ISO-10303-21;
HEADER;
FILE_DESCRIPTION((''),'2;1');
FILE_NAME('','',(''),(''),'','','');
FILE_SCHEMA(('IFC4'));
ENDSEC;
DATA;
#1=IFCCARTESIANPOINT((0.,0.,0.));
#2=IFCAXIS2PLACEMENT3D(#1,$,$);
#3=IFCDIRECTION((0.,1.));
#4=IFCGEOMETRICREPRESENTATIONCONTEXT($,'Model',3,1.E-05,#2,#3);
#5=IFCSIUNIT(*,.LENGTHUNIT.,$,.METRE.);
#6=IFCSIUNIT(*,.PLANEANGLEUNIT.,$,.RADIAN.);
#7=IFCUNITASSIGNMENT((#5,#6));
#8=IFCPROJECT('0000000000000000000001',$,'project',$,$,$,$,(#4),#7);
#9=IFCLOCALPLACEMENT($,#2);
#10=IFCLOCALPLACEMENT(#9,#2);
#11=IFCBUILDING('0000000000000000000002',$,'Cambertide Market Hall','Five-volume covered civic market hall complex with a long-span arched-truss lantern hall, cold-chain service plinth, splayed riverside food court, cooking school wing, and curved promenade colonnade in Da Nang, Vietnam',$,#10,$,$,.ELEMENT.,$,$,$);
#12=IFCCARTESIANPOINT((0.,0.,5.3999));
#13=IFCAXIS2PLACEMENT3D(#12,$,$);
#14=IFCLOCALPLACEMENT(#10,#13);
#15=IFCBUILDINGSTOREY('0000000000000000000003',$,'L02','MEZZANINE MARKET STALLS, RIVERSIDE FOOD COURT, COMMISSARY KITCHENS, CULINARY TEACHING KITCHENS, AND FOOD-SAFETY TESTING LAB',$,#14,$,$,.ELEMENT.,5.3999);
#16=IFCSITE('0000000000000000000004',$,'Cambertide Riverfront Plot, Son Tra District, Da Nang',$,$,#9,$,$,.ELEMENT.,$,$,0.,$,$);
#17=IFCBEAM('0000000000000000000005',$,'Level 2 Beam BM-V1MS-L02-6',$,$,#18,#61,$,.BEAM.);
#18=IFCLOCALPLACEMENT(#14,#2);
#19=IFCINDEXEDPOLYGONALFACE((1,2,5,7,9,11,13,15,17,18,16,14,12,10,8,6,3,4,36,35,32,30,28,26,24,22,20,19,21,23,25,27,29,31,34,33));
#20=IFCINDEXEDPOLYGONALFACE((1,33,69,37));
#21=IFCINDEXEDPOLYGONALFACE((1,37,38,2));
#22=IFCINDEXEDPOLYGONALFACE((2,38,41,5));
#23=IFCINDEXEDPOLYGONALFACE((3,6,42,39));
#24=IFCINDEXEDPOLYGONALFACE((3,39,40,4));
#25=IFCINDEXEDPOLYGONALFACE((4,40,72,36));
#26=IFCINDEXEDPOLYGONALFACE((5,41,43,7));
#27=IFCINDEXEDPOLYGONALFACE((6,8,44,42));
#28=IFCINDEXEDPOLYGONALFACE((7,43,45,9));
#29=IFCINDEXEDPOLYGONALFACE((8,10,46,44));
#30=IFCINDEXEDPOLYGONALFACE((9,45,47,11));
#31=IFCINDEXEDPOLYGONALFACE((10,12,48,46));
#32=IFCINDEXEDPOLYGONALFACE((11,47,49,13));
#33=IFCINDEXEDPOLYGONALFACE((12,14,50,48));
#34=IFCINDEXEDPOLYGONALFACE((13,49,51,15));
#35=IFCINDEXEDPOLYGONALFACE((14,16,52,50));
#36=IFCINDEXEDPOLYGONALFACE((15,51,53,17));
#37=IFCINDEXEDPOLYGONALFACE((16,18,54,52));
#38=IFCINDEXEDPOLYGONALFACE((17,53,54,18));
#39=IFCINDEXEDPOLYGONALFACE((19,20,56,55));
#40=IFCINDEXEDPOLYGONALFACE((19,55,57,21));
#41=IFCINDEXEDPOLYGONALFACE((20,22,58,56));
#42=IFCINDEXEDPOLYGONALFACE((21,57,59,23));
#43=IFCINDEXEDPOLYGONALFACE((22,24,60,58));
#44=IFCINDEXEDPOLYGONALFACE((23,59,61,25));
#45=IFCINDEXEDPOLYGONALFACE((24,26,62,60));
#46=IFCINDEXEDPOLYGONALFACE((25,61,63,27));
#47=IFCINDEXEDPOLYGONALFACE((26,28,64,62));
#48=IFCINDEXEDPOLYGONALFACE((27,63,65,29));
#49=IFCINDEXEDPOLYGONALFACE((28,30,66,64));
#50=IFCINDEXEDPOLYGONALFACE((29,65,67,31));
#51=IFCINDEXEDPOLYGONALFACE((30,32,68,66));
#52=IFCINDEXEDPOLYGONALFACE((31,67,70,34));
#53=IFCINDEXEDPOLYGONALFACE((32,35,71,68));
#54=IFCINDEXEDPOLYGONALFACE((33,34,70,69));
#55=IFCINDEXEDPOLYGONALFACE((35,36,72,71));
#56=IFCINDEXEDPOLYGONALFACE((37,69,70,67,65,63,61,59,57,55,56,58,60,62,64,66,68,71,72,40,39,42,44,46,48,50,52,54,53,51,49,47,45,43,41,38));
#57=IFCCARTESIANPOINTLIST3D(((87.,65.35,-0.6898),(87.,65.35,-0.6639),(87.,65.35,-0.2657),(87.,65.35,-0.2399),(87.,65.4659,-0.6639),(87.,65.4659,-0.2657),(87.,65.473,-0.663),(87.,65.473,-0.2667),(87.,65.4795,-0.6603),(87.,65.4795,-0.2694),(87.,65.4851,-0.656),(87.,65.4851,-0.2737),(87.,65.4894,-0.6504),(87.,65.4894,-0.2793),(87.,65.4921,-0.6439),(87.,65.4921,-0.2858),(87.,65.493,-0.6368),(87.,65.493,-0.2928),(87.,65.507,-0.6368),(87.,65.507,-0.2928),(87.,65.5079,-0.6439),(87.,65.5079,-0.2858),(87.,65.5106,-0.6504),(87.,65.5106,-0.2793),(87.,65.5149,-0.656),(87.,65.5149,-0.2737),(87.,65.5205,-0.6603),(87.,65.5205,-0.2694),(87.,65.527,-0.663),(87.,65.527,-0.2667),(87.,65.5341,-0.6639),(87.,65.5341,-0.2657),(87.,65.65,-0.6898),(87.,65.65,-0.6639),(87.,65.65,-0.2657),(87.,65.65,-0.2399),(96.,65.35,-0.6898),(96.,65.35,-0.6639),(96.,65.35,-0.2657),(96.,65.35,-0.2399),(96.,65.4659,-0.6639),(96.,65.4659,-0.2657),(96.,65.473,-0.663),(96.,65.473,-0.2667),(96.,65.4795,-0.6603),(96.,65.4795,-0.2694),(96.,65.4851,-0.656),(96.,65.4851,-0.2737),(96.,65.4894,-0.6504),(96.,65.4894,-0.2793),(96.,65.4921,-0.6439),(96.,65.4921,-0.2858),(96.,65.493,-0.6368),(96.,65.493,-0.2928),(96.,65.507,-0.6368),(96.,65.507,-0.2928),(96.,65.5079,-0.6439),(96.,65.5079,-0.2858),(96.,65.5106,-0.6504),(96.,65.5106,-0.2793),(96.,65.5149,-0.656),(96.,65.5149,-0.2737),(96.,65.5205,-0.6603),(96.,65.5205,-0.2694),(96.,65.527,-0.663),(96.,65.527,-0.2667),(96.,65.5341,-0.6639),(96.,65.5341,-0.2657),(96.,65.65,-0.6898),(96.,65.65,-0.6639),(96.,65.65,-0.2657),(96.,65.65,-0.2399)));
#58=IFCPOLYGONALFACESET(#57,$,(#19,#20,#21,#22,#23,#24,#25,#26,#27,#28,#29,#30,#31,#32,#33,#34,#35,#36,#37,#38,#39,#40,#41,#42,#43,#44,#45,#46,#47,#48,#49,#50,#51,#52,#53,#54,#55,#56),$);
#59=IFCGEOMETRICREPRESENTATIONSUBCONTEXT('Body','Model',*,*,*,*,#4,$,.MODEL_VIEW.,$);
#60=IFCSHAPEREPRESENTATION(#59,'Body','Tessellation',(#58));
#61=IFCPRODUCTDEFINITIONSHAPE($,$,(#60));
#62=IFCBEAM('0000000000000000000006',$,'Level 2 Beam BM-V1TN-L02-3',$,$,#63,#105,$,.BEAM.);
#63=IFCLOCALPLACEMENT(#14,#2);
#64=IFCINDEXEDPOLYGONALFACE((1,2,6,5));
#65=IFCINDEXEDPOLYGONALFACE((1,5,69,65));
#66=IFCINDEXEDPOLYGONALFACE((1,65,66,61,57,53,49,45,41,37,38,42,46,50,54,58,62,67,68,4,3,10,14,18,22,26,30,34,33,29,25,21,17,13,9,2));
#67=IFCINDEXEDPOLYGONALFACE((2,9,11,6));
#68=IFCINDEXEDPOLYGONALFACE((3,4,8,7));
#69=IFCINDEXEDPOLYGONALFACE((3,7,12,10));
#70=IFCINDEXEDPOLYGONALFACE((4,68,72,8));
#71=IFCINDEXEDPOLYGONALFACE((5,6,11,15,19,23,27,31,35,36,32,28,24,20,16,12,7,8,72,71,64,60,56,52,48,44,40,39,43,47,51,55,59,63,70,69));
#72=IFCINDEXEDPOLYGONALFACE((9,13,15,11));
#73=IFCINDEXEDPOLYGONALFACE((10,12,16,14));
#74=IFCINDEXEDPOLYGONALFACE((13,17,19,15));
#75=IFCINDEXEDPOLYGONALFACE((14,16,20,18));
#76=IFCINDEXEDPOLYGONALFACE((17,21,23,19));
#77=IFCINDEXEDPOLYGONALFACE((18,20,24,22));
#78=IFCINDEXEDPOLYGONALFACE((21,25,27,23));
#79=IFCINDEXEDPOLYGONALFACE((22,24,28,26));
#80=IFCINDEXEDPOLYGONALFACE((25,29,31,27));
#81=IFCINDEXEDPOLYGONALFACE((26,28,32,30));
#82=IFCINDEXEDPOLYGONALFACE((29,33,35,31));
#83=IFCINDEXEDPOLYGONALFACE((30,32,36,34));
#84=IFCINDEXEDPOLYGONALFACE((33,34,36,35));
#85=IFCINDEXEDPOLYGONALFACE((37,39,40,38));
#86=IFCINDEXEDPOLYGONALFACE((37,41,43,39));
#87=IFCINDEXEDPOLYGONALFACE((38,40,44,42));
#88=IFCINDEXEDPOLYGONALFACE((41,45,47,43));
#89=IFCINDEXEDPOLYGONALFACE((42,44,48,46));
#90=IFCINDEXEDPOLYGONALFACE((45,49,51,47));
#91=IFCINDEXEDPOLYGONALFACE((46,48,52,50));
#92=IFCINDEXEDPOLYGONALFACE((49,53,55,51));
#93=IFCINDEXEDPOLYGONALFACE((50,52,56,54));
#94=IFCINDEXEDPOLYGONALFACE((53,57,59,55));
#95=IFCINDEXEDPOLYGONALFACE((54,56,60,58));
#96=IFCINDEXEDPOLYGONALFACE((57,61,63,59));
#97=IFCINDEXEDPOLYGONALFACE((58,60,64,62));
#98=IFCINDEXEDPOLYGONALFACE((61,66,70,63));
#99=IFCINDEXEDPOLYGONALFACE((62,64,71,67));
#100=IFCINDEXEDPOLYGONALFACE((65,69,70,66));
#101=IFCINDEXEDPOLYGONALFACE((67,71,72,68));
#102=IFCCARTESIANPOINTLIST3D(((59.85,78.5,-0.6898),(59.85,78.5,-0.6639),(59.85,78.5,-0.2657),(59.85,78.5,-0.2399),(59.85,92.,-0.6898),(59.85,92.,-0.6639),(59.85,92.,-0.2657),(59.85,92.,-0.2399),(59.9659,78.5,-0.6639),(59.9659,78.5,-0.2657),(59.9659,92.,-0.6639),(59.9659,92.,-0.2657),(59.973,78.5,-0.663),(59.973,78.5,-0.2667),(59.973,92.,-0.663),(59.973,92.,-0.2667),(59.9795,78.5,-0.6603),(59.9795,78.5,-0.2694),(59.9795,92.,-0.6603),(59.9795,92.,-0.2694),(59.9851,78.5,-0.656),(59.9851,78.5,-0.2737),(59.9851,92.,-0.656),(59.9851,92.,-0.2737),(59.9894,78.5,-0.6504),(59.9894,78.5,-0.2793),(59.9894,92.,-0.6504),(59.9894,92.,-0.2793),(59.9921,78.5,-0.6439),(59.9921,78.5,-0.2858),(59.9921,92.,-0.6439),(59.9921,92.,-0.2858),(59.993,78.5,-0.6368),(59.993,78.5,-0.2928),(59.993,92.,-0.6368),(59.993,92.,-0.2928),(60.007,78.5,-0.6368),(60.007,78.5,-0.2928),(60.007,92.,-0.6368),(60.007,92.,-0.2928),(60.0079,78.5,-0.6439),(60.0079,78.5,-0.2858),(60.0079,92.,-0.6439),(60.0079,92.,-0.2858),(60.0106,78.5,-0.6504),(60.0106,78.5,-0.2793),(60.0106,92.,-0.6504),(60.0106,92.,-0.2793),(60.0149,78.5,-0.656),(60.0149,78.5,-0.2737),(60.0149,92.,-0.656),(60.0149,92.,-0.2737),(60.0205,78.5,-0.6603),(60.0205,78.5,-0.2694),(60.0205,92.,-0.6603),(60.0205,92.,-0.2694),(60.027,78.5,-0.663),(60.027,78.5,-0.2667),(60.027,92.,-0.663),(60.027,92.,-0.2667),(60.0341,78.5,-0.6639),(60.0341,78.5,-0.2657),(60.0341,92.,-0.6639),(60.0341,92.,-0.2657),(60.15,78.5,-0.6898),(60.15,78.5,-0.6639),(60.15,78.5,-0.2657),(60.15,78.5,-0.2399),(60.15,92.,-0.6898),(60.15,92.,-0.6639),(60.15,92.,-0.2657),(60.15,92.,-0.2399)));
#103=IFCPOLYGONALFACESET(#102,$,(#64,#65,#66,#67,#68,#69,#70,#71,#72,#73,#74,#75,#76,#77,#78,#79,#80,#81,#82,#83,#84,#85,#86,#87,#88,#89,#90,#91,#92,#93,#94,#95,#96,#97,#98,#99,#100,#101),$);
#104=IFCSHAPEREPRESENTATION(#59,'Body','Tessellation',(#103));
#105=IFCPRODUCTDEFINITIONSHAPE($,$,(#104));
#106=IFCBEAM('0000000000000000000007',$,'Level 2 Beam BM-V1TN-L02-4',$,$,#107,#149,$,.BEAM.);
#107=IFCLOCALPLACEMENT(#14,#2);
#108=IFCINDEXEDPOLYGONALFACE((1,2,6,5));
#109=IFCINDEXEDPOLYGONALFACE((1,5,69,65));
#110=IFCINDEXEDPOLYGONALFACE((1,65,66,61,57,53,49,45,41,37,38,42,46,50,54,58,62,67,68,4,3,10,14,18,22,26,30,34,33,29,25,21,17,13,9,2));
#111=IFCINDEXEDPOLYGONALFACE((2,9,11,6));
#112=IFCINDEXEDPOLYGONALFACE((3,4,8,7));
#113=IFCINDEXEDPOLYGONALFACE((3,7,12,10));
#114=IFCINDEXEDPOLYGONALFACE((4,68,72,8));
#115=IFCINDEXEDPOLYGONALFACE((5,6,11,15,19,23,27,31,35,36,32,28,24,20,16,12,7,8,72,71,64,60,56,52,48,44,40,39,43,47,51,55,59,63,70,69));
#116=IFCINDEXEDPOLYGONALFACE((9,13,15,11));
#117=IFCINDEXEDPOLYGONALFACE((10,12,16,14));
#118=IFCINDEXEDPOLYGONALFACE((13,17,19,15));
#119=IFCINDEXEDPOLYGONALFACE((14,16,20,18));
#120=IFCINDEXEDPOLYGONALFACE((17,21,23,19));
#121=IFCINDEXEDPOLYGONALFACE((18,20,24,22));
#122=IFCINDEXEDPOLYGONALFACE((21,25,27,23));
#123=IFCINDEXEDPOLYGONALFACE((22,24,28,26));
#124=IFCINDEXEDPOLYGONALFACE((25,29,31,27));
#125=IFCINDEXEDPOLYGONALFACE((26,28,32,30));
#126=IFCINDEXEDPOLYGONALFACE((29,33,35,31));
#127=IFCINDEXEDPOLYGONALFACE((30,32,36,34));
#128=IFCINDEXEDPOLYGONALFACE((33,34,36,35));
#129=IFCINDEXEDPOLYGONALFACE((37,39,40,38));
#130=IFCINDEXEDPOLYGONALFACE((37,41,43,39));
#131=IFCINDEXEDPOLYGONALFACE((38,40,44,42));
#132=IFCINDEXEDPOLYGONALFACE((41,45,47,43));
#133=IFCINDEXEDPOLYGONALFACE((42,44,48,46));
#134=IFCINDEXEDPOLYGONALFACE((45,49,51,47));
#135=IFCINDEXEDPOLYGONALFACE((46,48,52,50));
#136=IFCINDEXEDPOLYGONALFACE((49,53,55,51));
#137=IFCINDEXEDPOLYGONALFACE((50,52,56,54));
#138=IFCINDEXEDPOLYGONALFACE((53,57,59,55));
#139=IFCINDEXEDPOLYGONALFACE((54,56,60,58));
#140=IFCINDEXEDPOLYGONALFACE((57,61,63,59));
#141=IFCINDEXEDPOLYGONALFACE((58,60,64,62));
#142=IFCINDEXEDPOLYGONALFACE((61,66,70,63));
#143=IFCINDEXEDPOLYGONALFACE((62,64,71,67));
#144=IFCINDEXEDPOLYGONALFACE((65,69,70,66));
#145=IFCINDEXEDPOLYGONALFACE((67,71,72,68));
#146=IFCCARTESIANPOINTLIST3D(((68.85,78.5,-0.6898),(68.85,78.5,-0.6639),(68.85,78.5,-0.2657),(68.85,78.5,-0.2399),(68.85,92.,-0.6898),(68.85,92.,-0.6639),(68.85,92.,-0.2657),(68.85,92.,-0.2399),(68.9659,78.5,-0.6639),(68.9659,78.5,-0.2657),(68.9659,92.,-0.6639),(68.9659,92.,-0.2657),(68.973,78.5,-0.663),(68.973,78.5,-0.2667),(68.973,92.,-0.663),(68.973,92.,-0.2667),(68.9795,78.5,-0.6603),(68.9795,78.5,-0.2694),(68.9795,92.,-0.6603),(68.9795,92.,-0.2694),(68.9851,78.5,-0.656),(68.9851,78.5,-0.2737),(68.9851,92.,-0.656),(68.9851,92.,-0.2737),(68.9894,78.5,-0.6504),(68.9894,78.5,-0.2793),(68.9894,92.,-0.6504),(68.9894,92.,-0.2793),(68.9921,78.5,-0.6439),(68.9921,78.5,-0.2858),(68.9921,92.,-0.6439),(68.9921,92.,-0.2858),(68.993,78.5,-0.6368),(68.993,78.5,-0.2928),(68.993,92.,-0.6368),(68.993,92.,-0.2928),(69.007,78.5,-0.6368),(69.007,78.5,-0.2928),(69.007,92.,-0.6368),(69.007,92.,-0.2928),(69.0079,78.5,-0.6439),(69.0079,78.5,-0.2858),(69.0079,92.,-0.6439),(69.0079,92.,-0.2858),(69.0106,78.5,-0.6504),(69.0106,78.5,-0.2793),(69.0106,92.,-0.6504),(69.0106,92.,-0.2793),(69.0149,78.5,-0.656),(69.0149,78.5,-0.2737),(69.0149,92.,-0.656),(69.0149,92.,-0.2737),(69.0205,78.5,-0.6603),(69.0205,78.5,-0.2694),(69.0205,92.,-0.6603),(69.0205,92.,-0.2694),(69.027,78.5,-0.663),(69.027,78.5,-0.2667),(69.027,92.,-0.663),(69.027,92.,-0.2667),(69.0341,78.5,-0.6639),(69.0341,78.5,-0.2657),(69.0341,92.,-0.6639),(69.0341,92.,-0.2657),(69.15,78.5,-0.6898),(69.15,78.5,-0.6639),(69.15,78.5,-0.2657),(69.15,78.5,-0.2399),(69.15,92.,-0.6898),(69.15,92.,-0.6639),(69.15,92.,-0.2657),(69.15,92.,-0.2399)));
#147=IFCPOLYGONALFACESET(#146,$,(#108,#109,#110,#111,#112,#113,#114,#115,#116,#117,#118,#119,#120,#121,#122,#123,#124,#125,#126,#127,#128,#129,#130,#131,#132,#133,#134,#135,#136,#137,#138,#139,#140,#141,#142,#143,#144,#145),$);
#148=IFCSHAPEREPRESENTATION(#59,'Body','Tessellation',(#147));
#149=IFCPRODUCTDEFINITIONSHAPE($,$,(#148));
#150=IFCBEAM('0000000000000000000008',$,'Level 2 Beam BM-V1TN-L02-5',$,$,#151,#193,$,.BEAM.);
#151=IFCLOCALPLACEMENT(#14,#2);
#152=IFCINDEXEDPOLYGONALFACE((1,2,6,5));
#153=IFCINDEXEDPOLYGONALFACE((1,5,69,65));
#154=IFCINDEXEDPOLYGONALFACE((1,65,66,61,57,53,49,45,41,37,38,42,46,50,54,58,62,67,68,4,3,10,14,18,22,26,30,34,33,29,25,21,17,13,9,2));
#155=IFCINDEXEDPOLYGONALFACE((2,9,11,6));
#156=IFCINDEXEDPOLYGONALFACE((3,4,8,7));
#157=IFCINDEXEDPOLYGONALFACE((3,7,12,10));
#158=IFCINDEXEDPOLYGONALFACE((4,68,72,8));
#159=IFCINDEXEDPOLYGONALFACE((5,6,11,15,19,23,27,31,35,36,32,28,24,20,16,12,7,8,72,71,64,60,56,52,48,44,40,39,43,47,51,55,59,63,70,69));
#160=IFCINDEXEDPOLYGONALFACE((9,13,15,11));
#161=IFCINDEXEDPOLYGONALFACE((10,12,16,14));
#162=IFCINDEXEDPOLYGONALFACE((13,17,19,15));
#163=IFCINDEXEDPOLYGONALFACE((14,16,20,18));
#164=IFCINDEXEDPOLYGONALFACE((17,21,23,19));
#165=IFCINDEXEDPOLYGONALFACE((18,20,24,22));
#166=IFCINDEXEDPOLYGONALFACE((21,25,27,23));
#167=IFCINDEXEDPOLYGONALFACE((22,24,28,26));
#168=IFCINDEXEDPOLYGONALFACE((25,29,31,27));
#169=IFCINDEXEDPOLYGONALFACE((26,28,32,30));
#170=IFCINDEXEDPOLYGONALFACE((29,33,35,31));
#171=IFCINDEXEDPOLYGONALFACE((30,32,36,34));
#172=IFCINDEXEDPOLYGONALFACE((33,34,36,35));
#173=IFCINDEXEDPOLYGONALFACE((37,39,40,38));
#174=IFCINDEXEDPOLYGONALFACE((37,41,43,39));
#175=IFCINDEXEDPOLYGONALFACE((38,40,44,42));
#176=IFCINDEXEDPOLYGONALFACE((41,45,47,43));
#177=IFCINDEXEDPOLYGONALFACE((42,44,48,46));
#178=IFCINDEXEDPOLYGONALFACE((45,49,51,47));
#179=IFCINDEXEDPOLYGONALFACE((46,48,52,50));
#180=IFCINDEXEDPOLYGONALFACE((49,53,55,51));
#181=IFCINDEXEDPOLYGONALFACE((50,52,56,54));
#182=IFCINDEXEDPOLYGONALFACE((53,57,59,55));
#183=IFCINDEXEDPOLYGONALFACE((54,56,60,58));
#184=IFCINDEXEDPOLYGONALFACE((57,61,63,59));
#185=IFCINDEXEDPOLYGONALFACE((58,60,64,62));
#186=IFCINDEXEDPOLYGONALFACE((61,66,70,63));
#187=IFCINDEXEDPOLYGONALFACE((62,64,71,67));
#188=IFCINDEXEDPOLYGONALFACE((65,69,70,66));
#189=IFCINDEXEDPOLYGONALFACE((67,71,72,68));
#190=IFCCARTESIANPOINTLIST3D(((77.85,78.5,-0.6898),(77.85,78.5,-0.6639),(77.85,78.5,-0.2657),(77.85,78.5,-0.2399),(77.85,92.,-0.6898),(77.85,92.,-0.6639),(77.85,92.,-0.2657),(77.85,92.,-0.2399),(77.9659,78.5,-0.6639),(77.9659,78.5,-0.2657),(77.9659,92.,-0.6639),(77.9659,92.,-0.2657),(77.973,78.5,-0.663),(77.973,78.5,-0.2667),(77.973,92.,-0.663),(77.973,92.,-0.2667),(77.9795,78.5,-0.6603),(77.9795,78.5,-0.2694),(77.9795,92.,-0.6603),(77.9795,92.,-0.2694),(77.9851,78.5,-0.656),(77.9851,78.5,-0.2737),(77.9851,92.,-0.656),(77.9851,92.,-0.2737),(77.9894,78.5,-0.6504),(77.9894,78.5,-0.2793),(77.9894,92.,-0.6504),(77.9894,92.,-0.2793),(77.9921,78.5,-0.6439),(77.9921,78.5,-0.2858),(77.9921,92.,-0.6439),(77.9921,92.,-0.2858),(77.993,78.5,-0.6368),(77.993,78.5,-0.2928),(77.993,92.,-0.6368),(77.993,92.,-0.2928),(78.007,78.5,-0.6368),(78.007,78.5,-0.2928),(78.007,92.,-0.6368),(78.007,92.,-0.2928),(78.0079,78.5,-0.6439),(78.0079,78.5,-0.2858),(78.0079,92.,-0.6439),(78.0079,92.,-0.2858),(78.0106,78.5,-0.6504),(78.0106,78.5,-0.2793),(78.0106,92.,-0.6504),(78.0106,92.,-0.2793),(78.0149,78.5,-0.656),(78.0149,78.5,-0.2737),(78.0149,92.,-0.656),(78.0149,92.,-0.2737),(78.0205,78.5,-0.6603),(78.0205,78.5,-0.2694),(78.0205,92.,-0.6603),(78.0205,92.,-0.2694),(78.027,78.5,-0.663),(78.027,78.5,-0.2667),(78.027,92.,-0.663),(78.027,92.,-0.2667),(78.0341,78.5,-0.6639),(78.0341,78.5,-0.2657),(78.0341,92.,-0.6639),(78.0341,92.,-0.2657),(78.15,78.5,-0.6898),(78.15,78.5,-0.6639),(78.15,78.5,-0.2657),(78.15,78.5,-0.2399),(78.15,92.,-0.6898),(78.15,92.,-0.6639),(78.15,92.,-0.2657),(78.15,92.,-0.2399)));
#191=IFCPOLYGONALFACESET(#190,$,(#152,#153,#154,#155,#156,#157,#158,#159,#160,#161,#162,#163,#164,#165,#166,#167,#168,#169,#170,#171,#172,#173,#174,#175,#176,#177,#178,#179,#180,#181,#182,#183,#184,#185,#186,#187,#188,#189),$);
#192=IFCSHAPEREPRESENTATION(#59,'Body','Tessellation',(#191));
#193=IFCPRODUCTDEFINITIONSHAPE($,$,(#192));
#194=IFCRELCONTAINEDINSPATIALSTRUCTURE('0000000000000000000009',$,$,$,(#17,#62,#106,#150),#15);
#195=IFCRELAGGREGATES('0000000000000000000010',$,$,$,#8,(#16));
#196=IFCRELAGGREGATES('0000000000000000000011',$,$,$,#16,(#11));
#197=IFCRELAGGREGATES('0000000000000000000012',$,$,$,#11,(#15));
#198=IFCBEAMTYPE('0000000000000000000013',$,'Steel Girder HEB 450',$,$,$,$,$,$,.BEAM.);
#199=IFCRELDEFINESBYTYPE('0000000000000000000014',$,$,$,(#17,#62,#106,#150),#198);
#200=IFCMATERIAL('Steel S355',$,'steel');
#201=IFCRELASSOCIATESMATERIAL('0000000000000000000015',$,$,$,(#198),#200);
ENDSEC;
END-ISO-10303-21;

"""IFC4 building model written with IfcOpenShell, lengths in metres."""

from ifc_helpers import new_model, si_unit, direction, frame, origin, origin_2d, place, context, subcontext, project, spatial, i_section, extrude, material, material_profile, profile_set, type_object, element, save


model = new_model("IFC4")

# Units and contexts
model_context = context("Model", 3, precision=1e-05, world=origin(), true_north=direction((0.0, 1.0)))
body_context = subcontext(model_context, "Body", "Model", "MODEL_VIEW")
ifc_project = project(units=[si_unit("LENGTHUNIT", "METRE"), si_unit("PLANEANGLEUNIT", "RADIAN")], contexts=[model_context])

# Site, building, storey
site_placement = place(None, origin())
site = spatial("IfcSite", under=ifc_project, at=site_placement, Name="Cambertide Riverfront Plot, Son Tra District, Da Nang", CompositionType="ELEMENT", RefElevation=0.0)
building_placement = place(site_placement, origin())
building = spatial("IfcBuilding", under=site, at=building_placement, Name="Cambertide Market Hall", Description="Five-volume covered civic market hall complex with a long-span arched-truss lantern hall, cold-chain service plinth, splayed riverside food court, cooking school wing, and curved promenade colonnade in Da Nang, Vietnam", CompositionType="ELEMENT")
storey_placement = place(building_placement, frame((0.0, 0.0, 5.3999)))
storey = spatial("IfcBuildingStorey", under=building, at=storey_placement, Name="L02", Description="MEZZANINE MARKET STALLS, RIVERSIDE FOOD COURT, COMMISSARY KITCHENS, CULINARY TEACHING KITCHENS, AND FOOD-SAFETY TESTING LAB", CompositionType="ELEMENT", Elevation=5.3999)

# Beams
ifc_material_1 = material(Name="Steel S355", Category="steel")
ifc_material_profile_1 = material_profile(ifc_material_1, i_section(OverallWidth=0.3, OverallDepth=0.45, WebThickness=0.0139, FlangeThickness=0.0259, FilletRadius=0.0271, at=origin_2d()), Name="HEB 450")
ifc_profile_set_1 = profile_set([ifc_material_profile_1], Name="Steel S355")
beam_type_1 = type_object("IfcBeamType", Name="Steel Girder HEB 450", PredefinedType="BEAM", material=ifc_profile_set_1)
for number, where, z_axis, x_axis, name in (
    (1, (87.0, 65.5, -0.4648), (1.0, 0.0, 0.0), (0.0, 1.0, 0.0), "Level 2 Beam BM-V1MS-L02-6"),
):
    element("IfcBeam", number, at=place(storey_placement, frame(where, z_axis=z_axis, x_axis=x_axis)), inside=storey, type_object=beam_type_1, Name=name, PredefinedType="BEAM", context=body_context, shape_type="SweptSolid", body=[
        extrude(i_section(OverallWidth=0.3, OverallDepth=0.45, WebThickness=0.0139, FlangeThickness=0.0259, FilletRadius=0.0271, at=origin_2d()), origin(), (0.0, 0.0, 1.0), 9.0),
    ])
for number, where, z_axis, x_axis, name in (
    (2, (60.0, 78.5, -0.4648), (0.0, 1.0, 0.0), (-1.0, 0.0, 0.0), "Level 2 Beam BM-V1TN-L02-3"),
    (3, (69.0, 78.5, -0.4648), (0.0, 1.0, 0.0), (-1.0, 0.0, 0.0), "Level 2 Beam BM-V1TN-L02-4"),
    (4, (78.0, 78.5, -0.4648), (0.0, 1.0, 0.0), (-1.0, 0.0, 0.0), "Level 2 Beam BM-V1TN-L02-5"),
):
    element("IfcBeam", number, at=place(storey_placement, frame(where, z_axis=z_axis, x_axis=x_axis)), inside=storey, type_object=beam_type_1, Name=name, PredefinedType="BEAM", context=body_context, shape_type="SweptSolid", body=[
        extrude(i_section(OverallWidth=0.3, OverallDepth=0.45, WebThickness=0.0139, FlangeThickness=0.0259, FilletRadius=0.0271, at=origin_2d()), origin(), (0.0, 0.0, 1.0), 13.5),
    ])

save(model, "model.ifc")
